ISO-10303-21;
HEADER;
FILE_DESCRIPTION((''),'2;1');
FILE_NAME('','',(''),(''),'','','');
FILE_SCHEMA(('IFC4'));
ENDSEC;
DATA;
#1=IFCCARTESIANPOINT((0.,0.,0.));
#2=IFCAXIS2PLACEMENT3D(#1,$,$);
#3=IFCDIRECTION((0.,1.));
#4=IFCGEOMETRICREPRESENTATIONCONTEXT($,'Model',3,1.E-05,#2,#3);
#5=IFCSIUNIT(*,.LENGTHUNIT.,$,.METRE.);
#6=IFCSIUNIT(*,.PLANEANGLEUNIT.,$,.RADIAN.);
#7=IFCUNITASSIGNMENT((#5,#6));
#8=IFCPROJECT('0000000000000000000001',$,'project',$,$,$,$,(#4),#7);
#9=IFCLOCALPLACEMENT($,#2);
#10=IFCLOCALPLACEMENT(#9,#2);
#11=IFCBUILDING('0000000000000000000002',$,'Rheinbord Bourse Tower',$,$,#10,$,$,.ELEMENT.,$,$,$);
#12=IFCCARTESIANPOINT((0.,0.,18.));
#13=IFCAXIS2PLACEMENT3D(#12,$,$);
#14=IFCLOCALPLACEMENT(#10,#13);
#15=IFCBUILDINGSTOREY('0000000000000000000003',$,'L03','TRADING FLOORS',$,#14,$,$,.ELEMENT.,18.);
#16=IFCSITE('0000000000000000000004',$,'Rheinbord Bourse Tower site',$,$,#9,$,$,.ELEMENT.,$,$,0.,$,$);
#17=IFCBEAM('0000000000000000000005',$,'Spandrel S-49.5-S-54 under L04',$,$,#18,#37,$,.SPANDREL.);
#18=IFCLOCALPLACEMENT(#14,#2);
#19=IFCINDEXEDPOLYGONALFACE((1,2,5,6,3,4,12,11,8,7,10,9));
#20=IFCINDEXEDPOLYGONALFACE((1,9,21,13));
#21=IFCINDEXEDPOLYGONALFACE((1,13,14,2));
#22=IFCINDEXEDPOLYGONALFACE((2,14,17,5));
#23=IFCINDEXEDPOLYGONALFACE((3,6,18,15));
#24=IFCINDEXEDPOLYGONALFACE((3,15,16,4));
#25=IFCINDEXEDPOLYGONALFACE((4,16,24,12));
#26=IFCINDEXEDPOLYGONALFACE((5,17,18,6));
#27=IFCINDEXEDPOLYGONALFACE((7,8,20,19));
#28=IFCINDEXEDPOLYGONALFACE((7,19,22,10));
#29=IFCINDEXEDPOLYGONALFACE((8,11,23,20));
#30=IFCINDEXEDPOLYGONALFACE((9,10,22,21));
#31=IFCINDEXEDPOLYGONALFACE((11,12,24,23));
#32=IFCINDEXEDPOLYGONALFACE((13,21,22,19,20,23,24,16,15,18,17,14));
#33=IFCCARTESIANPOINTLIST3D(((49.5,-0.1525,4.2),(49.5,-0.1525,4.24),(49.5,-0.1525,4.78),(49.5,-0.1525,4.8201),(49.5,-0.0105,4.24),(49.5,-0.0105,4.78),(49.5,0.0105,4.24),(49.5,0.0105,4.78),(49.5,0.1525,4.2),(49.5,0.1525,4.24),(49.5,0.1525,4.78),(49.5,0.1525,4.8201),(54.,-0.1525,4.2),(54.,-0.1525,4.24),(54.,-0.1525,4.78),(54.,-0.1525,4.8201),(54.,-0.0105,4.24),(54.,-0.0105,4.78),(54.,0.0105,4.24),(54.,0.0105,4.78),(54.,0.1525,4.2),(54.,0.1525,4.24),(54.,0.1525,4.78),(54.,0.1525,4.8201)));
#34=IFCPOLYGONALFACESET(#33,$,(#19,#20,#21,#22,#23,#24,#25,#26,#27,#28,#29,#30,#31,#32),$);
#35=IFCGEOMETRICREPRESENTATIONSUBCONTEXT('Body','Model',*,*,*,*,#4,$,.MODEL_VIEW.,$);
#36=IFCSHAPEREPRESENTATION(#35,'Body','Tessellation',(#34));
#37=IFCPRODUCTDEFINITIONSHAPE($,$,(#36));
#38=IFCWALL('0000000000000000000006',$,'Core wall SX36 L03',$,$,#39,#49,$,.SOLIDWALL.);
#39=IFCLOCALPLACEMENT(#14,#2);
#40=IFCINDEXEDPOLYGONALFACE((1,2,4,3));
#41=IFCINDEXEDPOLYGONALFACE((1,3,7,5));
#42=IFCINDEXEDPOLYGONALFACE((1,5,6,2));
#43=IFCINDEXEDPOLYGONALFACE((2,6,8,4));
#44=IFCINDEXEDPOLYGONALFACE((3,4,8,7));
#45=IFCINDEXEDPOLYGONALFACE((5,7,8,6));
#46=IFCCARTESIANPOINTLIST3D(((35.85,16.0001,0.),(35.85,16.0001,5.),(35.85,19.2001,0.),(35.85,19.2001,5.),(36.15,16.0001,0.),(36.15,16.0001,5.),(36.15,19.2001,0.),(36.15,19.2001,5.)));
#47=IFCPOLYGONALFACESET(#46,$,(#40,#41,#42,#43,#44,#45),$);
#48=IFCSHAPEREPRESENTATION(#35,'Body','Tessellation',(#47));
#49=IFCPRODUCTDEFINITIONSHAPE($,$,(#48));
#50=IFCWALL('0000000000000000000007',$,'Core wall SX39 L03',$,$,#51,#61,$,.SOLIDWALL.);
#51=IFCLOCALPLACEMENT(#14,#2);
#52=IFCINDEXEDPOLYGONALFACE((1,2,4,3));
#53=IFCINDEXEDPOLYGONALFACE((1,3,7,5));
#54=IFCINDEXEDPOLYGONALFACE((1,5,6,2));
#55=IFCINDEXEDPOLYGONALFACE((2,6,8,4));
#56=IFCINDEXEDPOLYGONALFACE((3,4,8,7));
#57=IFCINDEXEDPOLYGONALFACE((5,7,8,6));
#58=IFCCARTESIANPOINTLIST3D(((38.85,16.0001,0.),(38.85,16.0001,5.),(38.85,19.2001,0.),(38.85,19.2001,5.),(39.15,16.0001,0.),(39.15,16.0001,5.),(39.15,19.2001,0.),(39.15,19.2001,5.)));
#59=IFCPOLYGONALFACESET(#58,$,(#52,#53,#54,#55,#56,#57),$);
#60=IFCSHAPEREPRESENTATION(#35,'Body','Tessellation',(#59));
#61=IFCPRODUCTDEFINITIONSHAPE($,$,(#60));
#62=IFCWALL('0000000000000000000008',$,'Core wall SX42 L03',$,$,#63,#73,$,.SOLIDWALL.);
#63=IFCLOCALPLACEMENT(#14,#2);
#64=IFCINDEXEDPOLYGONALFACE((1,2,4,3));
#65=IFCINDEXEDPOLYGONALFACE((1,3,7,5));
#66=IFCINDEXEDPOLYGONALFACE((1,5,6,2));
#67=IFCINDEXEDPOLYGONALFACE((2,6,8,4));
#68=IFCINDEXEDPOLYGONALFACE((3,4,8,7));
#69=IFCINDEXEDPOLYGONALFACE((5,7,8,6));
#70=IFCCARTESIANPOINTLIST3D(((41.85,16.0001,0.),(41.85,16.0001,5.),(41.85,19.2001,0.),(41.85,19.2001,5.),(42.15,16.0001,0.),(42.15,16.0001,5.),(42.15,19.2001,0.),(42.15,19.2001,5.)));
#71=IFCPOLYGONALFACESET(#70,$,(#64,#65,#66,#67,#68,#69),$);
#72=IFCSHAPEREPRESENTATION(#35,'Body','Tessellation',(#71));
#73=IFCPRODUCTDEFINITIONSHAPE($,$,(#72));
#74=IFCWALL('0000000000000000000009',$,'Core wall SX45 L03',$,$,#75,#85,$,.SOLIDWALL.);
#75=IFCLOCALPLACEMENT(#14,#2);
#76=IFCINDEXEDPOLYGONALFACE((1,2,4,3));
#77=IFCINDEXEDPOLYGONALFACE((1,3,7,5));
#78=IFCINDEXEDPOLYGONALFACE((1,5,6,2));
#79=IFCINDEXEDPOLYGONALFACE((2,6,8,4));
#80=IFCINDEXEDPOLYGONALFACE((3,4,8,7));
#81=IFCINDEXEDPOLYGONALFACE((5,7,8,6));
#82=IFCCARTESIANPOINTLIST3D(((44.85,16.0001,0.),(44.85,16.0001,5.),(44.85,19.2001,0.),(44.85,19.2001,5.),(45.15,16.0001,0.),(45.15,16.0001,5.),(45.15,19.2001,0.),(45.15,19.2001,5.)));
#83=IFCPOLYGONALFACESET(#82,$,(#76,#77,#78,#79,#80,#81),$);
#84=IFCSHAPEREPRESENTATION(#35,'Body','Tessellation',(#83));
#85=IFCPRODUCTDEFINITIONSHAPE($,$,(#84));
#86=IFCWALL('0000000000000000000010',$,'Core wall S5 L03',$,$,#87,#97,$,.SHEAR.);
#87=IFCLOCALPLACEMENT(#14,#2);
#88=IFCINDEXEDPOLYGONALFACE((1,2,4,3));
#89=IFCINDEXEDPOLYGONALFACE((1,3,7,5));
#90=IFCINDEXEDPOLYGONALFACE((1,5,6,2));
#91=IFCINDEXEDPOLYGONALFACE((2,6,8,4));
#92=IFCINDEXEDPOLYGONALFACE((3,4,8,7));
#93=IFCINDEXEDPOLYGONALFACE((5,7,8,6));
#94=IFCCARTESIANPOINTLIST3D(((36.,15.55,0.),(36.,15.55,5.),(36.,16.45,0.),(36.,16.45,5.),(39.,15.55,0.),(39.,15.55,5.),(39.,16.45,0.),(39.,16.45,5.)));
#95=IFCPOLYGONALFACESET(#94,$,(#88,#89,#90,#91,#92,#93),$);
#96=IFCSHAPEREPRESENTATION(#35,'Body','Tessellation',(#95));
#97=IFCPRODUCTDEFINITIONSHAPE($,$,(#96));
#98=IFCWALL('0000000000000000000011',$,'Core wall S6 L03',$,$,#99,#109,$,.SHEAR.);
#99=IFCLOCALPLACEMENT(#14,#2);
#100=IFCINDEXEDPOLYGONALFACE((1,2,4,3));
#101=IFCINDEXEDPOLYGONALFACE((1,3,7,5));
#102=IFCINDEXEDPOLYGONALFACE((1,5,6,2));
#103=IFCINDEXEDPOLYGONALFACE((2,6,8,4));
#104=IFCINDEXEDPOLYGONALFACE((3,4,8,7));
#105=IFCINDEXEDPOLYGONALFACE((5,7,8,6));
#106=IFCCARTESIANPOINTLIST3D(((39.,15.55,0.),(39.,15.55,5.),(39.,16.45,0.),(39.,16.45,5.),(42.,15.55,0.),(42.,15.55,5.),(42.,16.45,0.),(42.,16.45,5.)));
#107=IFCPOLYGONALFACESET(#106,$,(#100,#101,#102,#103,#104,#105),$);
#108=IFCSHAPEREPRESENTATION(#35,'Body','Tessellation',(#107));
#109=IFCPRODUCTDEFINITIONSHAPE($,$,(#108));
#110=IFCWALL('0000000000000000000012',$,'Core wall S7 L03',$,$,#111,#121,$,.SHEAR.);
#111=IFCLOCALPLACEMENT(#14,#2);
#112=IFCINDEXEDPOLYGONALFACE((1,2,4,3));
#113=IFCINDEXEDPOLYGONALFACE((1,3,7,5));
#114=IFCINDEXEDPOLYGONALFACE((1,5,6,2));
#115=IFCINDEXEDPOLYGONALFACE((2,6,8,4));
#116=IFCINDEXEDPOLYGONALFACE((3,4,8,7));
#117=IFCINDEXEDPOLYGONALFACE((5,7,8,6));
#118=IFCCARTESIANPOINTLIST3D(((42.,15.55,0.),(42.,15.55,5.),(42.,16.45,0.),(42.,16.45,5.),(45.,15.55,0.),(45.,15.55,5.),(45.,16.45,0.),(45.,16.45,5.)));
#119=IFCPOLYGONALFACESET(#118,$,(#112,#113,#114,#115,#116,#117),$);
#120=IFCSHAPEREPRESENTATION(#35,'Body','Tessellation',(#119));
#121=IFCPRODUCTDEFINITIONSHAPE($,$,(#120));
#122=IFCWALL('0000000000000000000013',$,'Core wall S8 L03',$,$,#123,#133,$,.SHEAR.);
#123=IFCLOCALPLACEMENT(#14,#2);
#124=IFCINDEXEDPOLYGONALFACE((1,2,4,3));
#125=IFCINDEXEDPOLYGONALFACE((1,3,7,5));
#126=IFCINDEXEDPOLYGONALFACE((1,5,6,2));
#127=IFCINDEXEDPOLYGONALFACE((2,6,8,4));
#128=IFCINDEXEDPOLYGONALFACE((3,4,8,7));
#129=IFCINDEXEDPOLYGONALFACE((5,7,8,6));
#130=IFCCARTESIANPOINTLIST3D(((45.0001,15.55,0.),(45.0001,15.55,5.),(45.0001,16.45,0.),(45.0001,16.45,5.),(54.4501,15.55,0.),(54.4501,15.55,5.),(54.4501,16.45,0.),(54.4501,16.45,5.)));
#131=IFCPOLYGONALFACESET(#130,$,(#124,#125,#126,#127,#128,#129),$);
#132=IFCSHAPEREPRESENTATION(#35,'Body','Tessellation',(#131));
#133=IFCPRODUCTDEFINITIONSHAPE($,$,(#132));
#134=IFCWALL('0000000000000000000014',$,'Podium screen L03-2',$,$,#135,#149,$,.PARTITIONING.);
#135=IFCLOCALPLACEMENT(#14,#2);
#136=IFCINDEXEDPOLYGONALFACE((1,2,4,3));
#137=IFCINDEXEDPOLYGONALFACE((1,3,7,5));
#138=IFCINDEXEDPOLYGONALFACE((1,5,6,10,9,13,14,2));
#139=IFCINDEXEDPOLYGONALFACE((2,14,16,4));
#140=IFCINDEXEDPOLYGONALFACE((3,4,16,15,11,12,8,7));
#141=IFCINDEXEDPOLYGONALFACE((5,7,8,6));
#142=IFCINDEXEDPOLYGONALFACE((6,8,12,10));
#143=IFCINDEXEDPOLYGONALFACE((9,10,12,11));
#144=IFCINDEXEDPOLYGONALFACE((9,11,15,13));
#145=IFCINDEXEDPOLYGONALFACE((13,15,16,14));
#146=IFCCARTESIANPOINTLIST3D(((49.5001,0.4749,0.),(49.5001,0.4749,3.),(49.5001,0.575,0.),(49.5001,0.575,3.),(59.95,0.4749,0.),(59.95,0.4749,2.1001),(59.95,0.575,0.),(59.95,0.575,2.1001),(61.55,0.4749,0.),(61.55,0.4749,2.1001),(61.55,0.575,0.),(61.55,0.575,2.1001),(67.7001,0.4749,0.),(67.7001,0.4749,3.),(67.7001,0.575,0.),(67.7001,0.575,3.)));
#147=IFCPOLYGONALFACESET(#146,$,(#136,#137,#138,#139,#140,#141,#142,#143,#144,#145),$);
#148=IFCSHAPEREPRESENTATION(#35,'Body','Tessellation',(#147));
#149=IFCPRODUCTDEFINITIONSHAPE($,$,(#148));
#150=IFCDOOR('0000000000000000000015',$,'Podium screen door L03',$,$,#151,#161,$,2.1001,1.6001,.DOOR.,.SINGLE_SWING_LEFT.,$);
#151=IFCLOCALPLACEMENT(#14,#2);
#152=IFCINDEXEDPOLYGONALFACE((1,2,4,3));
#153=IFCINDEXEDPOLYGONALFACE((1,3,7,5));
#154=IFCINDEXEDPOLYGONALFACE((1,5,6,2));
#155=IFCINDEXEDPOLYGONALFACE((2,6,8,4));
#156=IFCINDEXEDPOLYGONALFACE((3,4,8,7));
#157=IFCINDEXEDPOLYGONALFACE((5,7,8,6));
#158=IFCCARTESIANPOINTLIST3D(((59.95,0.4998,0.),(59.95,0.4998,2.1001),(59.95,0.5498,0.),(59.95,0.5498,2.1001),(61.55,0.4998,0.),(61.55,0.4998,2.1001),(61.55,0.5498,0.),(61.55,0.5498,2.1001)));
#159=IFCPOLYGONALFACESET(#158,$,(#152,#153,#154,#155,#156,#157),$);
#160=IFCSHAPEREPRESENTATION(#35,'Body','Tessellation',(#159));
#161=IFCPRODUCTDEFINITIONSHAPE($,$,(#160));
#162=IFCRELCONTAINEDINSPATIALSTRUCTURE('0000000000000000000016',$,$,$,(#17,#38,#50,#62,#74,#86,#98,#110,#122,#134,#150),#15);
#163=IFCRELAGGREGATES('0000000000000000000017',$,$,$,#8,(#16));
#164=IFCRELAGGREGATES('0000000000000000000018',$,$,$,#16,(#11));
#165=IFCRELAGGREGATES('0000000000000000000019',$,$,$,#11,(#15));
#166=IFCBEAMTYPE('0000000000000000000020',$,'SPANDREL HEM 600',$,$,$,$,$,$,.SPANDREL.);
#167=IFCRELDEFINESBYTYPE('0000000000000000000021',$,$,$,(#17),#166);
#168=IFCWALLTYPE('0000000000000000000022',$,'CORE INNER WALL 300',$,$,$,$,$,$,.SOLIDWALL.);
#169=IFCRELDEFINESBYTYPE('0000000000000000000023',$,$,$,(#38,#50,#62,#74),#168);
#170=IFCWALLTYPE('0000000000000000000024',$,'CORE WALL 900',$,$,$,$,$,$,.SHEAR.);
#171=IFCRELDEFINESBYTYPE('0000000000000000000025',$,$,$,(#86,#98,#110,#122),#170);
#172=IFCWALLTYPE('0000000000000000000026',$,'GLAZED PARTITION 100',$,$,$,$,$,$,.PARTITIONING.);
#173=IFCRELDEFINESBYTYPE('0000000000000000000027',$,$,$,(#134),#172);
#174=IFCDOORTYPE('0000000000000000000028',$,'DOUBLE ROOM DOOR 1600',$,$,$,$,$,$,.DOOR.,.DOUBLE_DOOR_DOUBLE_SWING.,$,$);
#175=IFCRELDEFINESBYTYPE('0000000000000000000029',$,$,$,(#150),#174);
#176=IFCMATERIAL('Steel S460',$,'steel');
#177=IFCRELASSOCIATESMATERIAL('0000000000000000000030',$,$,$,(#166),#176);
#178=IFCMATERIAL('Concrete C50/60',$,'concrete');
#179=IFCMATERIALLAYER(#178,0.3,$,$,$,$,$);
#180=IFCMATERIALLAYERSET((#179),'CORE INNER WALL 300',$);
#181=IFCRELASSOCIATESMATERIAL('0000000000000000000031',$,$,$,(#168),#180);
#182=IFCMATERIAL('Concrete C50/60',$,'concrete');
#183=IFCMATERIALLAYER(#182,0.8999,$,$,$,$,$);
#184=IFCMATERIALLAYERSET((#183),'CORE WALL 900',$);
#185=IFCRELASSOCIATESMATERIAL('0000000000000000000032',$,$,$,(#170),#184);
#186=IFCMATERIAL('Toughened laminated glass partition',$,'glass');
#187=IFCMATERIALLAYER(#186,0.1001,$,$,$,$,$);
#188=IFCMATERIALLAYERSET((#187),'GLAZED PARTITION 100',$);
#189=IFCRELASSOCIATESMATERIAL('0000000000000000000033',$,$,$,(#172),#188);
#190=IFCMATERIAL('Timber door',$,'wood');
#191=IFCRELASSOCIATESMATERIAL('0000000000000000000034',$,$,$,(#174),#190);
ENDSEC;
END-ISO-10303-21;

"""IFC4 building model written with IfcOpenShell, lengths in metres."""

from ifc_helpers import new_model, si_unit, direction, frame, frame_2d, origin, origin_2d, place, context, subcontext, project, spatial, rectangle, i_section, extrude, material, layer, layer_set, material_profile, profile_set, type_object, element, fill, save


model = new_model("IFC4")

# Units and contexts
model_context = context("Model", 3, precision=1e-05, world=origin(), true_north=direction((0.0, 1.0)))
body_context = subcontext(model_context, "Body", "Model", "MODEL_VIEW")
ifc_project = project(units=[si_unit("LENGTHUNIT", "METRE"), si_unit("PLANEANGLEUNIT", "RADIAN")], contexts=[model_context])

# Site, building, storey
site_placement = place(None, origin())
site = spatial("IfcSite", under=ifc_project, at=site_placement, Name="Rheinbord Bourse Tower site", CompositionType="ELEMENT", RefElevation=0.0)
building_placement = place(site_placement, origin())
building = spatial("IfcBuilding", under=site, at=building_placement, Name="Rheinbord Bourse Tower", CompositionType="ELEMENT")
storey_placement = place(building_placement, frame((0.0, 0.0, 18.0)))
storey = spatial("IfcBuildingStorey", under=building, at=storey_placement, Name="L03", Description="TRADING FLOORS", CompositionType="ELEMENT", Elevation=18.0)

# Beam
ifc_material_1 = material(Name="Steel S460", Category="steel")
ifc_material_profile_1 = material_profile(ifc_material_1, i_section(OverallWidth=0.3049, OverallDepth=0.6201, WebThickness=0.021, FlangeThickness=0.04, at=origin_2d()), Name="HEM 600")
ifc_profile_set_1 = profile_set([ifc_material_profile_1], Name="Steel S460")
beam_type_1 = type_object("IfcBeamType", Name="SPANDREL HEM 600", PredefinedType="SPANDREL", material=ifc_profile_set_1)
for number, where, z_axis, x_axis, name in (
    (1, (49.5, 0.0, 4.51), (1.0, 0.0, 0.0), (0.0, 1.0, 0.0), "Spandrel S-49.5-S-54 under L04"),
):
    element("IfcBeam", number, at=place(storey_placement, frame(where, z_axis=z_axis, x_axis=x_axis)), inside=storey, type_object=beam_type_1, Name=name, PredefinedType="SPANDREL", context=body_context, shape_type="SweptSolid", body=[
        extrude(i_section(OverallWidth=0.3049, OverallDepth=0.6201, WebThickness=0.021, FlangeThickness=0.04, at=origin_2d()), origin(), (0.0, 0.0, 1.0), 4.5),
    ])

# Walls
ifc_material_2 = material(Name="Concrete C50/60", Category="concrete")
ifc_layer_1 = layer(ifc_material_2, 0.3)
ifc_layer_set_1 = layer_set([ifc_layer_1], Name="CORE INNER WALL 300")
wall_type_1 = type_object("IfcWallType", Name="CORE INNER WALL 300", PredefinedType="SOLIDWALL", material=ifc_layer_set_1)
for number, where, z_axis, x_axis, name in (
    (2, (36.0, 16.0, 0.0), (0.0, 0.0, 1.0), (0.0, 1.0, 0.0), "Core wall SX36 L03"),
    (3, (39.0, 16.0, 0.0), (0.0, 0.0, 1.0), (0.0, 1.0, 0.0), "Core wall SX39 L03"),
    (4, (42.0, 16.0, 0.0), (0.0, 0.0, 1.0), (0.0, 1.0, 0.0), "Core wall SX42 L03"),
    (5, (45.0, 16.0, 0.0), (0.0, 0.0, 1.0), (0.0, 1.0, 0.0), "Core wall SX45 L03"),
):
    element("IfcWall", number, at=place(storey_placement, frame(where, z_axis=z_axis, x_axis=x_axis)), inside=storey, type_object=wall_type_1, Name=name, PredefinedType="SOLIDWALL", context=body_context, shape_type="SweptSolid", body=[
        extrude(rectangle(XDim=3.2, YDim=0.3, at=frame_2d((1.6001, 0.0))), origin(), (0.0, 0.0, 1.0), 5.0),
    ])
ifc_material_3 = material(Name="Concrete C50/60", Category="concrete")
ifc_layer_2 = layer(ifc_material_3, 0.8999)
ifc_layer_set_2 = layer_set([ifc_layer_2], Name="CORE WALL 900")
wall_type_2 = type_object("IfcWallType", Name="CORE WALL 900", PredefinedType="SHEAR", material=ifc_layer_set_2)
for number, where, z_axis, x_axis, name in (
    (6, (36.0, 16.0, 0.0), (0.0, 0.0, 1.0), (1.0, 0.0, 0.0), "Core wall S5 L03"),
    (7, (39.0, 16.0, 0.0), (0.0, 0.0, 1.0), (1.0, 0.0, 0.0), "Core wall S6 L03"),
    (8, (42.0, 16.0, 0.0), (0.0, 0.0, 1.0), (1.0, 0.0, 0.0), "Core wall S7 L03"),
):
    element("IfcWall", number, at=place(storey_placement, frame(where, z_axis=z_axis, x_axis=x_axis)), inside=storey, type_object=wall_type_2, Name=name, PredefinedType="SHEAR", context=body_context, shape_type="SweptSolid", body=[
        extrude(rectangle(XDim=3.0, YDim=0.8999, at=frame_2d((1.5, 0.0))), origin(), (0.0, 0.0, 1.0), 5.0),
    ])
wall_1_placement = place(storey_placement, frame((45.0, 16.0, 0.0), z_axis=(0.0, 0.0, 1.0), x_axis=(1.0, 0.0, 0.0)))
element("IfcWall", 9, at=wall_1_placement, inside=storey, type_object=wall_type_2, Name="Core wall S8 L03", PredefinedType="SHEAR", context=body_context, shape_type="SweptSolid", body=[
    extrude(rectangle(XDim=9.45, YDim=0.8999, at=frame_2d((4.7251, 0.0))), origin(), (0.0, 0.0, 1.0), 5.0),
])

# Wall, opening, door
ifc_material_4 = material(Name="Toughened laminated glass partition", Category="glass")
ifc_layer_3 = layer(ifc_material_4, 0.1001)
ifc_layer_set_3 = layer_set([ifc_layer_3], Name="GLAZED PARTITION 100")
wall_type_3 = type_object("IfcWallType", Name="GLAZED PARTITION 100", PredefinedType="PARTITIONING", material=ifc_layer_set_3)
wall_2_placement = place(storey_placement, frame((49.5, 0.5249, 0.0), z_axis=(0.0, 0.0, 1.0), x_axis=(1.0, 0.0, 0.0)))
wall_2 = element("IfcWall", 10, at=wall_2_placement, inside=storey, type_object=wall_type_3, Name="Podium screen L03-2", PredefinedType="PARTITIONING", context=body_context, shape_type="SweptSolid", body=[
    extrude(rectangle(XDim=18.2, YDim=0.1001, at=frame_2d((9.1001, 0.0))), origin(), (0.0, 0.0, 1.0), 3.0),
])
opening_placement = place(wall_2_placement, frame((10.45, 0.0, 0.0)))
opening = element("IfcOpeningElement", 11, at=opening_placement, cuts=wall_2, PredefinedType="OPENING", context=body_context, shape_type="SweptSolid", body=[
    extrude(rectangle(XDim=1.6001, YDim=2.1001, at=frame_2d((0.8, 1.05))), frame((0.0, 0.0601, 0.0), z_axis=(0.0, -1.0, 0.0), x_axis=(1.0, 0.0, 0.0)), (0.0, 0.0, 1.0), 0.1201),
])
ifc_material_5 = material(Name="Timber door", Category="wood")
door_type = type_object("IfcDoorType", Name="DOUBLE ROOM DOOR 1600", OperationType="DOUBLE_DOOR_DOUBLE_SWING", PredefinedType="DOOR", material=ifc_material_5)
door_placement = place(opening_placement, origin())
door = element("IfcDoor", 12, at=door_placement, inside=storey, type_object=door_type, Name="Podium screen door L03", OperationType="SINGLE_SWING_LEFT", OverallHeight=2.1001, OverallWidth=1.6001, PredefinedType="DOOR", context=body_context, shape_type="SweptSolid", body=[
    extrude(rectangle(XDim=1.6001, YDim=2.1001, at=frame_2d((0.8, 1.05))), frame((0.0, 0.0249, 0.0), z_axis=(0.0, -1.0, 0.0), x_axis=(1.0, 0.0, 0.0)), (0.0, 0.0, 1.0), 0.05),
])
fill(opening, door)

save(model, "model.ifc")
